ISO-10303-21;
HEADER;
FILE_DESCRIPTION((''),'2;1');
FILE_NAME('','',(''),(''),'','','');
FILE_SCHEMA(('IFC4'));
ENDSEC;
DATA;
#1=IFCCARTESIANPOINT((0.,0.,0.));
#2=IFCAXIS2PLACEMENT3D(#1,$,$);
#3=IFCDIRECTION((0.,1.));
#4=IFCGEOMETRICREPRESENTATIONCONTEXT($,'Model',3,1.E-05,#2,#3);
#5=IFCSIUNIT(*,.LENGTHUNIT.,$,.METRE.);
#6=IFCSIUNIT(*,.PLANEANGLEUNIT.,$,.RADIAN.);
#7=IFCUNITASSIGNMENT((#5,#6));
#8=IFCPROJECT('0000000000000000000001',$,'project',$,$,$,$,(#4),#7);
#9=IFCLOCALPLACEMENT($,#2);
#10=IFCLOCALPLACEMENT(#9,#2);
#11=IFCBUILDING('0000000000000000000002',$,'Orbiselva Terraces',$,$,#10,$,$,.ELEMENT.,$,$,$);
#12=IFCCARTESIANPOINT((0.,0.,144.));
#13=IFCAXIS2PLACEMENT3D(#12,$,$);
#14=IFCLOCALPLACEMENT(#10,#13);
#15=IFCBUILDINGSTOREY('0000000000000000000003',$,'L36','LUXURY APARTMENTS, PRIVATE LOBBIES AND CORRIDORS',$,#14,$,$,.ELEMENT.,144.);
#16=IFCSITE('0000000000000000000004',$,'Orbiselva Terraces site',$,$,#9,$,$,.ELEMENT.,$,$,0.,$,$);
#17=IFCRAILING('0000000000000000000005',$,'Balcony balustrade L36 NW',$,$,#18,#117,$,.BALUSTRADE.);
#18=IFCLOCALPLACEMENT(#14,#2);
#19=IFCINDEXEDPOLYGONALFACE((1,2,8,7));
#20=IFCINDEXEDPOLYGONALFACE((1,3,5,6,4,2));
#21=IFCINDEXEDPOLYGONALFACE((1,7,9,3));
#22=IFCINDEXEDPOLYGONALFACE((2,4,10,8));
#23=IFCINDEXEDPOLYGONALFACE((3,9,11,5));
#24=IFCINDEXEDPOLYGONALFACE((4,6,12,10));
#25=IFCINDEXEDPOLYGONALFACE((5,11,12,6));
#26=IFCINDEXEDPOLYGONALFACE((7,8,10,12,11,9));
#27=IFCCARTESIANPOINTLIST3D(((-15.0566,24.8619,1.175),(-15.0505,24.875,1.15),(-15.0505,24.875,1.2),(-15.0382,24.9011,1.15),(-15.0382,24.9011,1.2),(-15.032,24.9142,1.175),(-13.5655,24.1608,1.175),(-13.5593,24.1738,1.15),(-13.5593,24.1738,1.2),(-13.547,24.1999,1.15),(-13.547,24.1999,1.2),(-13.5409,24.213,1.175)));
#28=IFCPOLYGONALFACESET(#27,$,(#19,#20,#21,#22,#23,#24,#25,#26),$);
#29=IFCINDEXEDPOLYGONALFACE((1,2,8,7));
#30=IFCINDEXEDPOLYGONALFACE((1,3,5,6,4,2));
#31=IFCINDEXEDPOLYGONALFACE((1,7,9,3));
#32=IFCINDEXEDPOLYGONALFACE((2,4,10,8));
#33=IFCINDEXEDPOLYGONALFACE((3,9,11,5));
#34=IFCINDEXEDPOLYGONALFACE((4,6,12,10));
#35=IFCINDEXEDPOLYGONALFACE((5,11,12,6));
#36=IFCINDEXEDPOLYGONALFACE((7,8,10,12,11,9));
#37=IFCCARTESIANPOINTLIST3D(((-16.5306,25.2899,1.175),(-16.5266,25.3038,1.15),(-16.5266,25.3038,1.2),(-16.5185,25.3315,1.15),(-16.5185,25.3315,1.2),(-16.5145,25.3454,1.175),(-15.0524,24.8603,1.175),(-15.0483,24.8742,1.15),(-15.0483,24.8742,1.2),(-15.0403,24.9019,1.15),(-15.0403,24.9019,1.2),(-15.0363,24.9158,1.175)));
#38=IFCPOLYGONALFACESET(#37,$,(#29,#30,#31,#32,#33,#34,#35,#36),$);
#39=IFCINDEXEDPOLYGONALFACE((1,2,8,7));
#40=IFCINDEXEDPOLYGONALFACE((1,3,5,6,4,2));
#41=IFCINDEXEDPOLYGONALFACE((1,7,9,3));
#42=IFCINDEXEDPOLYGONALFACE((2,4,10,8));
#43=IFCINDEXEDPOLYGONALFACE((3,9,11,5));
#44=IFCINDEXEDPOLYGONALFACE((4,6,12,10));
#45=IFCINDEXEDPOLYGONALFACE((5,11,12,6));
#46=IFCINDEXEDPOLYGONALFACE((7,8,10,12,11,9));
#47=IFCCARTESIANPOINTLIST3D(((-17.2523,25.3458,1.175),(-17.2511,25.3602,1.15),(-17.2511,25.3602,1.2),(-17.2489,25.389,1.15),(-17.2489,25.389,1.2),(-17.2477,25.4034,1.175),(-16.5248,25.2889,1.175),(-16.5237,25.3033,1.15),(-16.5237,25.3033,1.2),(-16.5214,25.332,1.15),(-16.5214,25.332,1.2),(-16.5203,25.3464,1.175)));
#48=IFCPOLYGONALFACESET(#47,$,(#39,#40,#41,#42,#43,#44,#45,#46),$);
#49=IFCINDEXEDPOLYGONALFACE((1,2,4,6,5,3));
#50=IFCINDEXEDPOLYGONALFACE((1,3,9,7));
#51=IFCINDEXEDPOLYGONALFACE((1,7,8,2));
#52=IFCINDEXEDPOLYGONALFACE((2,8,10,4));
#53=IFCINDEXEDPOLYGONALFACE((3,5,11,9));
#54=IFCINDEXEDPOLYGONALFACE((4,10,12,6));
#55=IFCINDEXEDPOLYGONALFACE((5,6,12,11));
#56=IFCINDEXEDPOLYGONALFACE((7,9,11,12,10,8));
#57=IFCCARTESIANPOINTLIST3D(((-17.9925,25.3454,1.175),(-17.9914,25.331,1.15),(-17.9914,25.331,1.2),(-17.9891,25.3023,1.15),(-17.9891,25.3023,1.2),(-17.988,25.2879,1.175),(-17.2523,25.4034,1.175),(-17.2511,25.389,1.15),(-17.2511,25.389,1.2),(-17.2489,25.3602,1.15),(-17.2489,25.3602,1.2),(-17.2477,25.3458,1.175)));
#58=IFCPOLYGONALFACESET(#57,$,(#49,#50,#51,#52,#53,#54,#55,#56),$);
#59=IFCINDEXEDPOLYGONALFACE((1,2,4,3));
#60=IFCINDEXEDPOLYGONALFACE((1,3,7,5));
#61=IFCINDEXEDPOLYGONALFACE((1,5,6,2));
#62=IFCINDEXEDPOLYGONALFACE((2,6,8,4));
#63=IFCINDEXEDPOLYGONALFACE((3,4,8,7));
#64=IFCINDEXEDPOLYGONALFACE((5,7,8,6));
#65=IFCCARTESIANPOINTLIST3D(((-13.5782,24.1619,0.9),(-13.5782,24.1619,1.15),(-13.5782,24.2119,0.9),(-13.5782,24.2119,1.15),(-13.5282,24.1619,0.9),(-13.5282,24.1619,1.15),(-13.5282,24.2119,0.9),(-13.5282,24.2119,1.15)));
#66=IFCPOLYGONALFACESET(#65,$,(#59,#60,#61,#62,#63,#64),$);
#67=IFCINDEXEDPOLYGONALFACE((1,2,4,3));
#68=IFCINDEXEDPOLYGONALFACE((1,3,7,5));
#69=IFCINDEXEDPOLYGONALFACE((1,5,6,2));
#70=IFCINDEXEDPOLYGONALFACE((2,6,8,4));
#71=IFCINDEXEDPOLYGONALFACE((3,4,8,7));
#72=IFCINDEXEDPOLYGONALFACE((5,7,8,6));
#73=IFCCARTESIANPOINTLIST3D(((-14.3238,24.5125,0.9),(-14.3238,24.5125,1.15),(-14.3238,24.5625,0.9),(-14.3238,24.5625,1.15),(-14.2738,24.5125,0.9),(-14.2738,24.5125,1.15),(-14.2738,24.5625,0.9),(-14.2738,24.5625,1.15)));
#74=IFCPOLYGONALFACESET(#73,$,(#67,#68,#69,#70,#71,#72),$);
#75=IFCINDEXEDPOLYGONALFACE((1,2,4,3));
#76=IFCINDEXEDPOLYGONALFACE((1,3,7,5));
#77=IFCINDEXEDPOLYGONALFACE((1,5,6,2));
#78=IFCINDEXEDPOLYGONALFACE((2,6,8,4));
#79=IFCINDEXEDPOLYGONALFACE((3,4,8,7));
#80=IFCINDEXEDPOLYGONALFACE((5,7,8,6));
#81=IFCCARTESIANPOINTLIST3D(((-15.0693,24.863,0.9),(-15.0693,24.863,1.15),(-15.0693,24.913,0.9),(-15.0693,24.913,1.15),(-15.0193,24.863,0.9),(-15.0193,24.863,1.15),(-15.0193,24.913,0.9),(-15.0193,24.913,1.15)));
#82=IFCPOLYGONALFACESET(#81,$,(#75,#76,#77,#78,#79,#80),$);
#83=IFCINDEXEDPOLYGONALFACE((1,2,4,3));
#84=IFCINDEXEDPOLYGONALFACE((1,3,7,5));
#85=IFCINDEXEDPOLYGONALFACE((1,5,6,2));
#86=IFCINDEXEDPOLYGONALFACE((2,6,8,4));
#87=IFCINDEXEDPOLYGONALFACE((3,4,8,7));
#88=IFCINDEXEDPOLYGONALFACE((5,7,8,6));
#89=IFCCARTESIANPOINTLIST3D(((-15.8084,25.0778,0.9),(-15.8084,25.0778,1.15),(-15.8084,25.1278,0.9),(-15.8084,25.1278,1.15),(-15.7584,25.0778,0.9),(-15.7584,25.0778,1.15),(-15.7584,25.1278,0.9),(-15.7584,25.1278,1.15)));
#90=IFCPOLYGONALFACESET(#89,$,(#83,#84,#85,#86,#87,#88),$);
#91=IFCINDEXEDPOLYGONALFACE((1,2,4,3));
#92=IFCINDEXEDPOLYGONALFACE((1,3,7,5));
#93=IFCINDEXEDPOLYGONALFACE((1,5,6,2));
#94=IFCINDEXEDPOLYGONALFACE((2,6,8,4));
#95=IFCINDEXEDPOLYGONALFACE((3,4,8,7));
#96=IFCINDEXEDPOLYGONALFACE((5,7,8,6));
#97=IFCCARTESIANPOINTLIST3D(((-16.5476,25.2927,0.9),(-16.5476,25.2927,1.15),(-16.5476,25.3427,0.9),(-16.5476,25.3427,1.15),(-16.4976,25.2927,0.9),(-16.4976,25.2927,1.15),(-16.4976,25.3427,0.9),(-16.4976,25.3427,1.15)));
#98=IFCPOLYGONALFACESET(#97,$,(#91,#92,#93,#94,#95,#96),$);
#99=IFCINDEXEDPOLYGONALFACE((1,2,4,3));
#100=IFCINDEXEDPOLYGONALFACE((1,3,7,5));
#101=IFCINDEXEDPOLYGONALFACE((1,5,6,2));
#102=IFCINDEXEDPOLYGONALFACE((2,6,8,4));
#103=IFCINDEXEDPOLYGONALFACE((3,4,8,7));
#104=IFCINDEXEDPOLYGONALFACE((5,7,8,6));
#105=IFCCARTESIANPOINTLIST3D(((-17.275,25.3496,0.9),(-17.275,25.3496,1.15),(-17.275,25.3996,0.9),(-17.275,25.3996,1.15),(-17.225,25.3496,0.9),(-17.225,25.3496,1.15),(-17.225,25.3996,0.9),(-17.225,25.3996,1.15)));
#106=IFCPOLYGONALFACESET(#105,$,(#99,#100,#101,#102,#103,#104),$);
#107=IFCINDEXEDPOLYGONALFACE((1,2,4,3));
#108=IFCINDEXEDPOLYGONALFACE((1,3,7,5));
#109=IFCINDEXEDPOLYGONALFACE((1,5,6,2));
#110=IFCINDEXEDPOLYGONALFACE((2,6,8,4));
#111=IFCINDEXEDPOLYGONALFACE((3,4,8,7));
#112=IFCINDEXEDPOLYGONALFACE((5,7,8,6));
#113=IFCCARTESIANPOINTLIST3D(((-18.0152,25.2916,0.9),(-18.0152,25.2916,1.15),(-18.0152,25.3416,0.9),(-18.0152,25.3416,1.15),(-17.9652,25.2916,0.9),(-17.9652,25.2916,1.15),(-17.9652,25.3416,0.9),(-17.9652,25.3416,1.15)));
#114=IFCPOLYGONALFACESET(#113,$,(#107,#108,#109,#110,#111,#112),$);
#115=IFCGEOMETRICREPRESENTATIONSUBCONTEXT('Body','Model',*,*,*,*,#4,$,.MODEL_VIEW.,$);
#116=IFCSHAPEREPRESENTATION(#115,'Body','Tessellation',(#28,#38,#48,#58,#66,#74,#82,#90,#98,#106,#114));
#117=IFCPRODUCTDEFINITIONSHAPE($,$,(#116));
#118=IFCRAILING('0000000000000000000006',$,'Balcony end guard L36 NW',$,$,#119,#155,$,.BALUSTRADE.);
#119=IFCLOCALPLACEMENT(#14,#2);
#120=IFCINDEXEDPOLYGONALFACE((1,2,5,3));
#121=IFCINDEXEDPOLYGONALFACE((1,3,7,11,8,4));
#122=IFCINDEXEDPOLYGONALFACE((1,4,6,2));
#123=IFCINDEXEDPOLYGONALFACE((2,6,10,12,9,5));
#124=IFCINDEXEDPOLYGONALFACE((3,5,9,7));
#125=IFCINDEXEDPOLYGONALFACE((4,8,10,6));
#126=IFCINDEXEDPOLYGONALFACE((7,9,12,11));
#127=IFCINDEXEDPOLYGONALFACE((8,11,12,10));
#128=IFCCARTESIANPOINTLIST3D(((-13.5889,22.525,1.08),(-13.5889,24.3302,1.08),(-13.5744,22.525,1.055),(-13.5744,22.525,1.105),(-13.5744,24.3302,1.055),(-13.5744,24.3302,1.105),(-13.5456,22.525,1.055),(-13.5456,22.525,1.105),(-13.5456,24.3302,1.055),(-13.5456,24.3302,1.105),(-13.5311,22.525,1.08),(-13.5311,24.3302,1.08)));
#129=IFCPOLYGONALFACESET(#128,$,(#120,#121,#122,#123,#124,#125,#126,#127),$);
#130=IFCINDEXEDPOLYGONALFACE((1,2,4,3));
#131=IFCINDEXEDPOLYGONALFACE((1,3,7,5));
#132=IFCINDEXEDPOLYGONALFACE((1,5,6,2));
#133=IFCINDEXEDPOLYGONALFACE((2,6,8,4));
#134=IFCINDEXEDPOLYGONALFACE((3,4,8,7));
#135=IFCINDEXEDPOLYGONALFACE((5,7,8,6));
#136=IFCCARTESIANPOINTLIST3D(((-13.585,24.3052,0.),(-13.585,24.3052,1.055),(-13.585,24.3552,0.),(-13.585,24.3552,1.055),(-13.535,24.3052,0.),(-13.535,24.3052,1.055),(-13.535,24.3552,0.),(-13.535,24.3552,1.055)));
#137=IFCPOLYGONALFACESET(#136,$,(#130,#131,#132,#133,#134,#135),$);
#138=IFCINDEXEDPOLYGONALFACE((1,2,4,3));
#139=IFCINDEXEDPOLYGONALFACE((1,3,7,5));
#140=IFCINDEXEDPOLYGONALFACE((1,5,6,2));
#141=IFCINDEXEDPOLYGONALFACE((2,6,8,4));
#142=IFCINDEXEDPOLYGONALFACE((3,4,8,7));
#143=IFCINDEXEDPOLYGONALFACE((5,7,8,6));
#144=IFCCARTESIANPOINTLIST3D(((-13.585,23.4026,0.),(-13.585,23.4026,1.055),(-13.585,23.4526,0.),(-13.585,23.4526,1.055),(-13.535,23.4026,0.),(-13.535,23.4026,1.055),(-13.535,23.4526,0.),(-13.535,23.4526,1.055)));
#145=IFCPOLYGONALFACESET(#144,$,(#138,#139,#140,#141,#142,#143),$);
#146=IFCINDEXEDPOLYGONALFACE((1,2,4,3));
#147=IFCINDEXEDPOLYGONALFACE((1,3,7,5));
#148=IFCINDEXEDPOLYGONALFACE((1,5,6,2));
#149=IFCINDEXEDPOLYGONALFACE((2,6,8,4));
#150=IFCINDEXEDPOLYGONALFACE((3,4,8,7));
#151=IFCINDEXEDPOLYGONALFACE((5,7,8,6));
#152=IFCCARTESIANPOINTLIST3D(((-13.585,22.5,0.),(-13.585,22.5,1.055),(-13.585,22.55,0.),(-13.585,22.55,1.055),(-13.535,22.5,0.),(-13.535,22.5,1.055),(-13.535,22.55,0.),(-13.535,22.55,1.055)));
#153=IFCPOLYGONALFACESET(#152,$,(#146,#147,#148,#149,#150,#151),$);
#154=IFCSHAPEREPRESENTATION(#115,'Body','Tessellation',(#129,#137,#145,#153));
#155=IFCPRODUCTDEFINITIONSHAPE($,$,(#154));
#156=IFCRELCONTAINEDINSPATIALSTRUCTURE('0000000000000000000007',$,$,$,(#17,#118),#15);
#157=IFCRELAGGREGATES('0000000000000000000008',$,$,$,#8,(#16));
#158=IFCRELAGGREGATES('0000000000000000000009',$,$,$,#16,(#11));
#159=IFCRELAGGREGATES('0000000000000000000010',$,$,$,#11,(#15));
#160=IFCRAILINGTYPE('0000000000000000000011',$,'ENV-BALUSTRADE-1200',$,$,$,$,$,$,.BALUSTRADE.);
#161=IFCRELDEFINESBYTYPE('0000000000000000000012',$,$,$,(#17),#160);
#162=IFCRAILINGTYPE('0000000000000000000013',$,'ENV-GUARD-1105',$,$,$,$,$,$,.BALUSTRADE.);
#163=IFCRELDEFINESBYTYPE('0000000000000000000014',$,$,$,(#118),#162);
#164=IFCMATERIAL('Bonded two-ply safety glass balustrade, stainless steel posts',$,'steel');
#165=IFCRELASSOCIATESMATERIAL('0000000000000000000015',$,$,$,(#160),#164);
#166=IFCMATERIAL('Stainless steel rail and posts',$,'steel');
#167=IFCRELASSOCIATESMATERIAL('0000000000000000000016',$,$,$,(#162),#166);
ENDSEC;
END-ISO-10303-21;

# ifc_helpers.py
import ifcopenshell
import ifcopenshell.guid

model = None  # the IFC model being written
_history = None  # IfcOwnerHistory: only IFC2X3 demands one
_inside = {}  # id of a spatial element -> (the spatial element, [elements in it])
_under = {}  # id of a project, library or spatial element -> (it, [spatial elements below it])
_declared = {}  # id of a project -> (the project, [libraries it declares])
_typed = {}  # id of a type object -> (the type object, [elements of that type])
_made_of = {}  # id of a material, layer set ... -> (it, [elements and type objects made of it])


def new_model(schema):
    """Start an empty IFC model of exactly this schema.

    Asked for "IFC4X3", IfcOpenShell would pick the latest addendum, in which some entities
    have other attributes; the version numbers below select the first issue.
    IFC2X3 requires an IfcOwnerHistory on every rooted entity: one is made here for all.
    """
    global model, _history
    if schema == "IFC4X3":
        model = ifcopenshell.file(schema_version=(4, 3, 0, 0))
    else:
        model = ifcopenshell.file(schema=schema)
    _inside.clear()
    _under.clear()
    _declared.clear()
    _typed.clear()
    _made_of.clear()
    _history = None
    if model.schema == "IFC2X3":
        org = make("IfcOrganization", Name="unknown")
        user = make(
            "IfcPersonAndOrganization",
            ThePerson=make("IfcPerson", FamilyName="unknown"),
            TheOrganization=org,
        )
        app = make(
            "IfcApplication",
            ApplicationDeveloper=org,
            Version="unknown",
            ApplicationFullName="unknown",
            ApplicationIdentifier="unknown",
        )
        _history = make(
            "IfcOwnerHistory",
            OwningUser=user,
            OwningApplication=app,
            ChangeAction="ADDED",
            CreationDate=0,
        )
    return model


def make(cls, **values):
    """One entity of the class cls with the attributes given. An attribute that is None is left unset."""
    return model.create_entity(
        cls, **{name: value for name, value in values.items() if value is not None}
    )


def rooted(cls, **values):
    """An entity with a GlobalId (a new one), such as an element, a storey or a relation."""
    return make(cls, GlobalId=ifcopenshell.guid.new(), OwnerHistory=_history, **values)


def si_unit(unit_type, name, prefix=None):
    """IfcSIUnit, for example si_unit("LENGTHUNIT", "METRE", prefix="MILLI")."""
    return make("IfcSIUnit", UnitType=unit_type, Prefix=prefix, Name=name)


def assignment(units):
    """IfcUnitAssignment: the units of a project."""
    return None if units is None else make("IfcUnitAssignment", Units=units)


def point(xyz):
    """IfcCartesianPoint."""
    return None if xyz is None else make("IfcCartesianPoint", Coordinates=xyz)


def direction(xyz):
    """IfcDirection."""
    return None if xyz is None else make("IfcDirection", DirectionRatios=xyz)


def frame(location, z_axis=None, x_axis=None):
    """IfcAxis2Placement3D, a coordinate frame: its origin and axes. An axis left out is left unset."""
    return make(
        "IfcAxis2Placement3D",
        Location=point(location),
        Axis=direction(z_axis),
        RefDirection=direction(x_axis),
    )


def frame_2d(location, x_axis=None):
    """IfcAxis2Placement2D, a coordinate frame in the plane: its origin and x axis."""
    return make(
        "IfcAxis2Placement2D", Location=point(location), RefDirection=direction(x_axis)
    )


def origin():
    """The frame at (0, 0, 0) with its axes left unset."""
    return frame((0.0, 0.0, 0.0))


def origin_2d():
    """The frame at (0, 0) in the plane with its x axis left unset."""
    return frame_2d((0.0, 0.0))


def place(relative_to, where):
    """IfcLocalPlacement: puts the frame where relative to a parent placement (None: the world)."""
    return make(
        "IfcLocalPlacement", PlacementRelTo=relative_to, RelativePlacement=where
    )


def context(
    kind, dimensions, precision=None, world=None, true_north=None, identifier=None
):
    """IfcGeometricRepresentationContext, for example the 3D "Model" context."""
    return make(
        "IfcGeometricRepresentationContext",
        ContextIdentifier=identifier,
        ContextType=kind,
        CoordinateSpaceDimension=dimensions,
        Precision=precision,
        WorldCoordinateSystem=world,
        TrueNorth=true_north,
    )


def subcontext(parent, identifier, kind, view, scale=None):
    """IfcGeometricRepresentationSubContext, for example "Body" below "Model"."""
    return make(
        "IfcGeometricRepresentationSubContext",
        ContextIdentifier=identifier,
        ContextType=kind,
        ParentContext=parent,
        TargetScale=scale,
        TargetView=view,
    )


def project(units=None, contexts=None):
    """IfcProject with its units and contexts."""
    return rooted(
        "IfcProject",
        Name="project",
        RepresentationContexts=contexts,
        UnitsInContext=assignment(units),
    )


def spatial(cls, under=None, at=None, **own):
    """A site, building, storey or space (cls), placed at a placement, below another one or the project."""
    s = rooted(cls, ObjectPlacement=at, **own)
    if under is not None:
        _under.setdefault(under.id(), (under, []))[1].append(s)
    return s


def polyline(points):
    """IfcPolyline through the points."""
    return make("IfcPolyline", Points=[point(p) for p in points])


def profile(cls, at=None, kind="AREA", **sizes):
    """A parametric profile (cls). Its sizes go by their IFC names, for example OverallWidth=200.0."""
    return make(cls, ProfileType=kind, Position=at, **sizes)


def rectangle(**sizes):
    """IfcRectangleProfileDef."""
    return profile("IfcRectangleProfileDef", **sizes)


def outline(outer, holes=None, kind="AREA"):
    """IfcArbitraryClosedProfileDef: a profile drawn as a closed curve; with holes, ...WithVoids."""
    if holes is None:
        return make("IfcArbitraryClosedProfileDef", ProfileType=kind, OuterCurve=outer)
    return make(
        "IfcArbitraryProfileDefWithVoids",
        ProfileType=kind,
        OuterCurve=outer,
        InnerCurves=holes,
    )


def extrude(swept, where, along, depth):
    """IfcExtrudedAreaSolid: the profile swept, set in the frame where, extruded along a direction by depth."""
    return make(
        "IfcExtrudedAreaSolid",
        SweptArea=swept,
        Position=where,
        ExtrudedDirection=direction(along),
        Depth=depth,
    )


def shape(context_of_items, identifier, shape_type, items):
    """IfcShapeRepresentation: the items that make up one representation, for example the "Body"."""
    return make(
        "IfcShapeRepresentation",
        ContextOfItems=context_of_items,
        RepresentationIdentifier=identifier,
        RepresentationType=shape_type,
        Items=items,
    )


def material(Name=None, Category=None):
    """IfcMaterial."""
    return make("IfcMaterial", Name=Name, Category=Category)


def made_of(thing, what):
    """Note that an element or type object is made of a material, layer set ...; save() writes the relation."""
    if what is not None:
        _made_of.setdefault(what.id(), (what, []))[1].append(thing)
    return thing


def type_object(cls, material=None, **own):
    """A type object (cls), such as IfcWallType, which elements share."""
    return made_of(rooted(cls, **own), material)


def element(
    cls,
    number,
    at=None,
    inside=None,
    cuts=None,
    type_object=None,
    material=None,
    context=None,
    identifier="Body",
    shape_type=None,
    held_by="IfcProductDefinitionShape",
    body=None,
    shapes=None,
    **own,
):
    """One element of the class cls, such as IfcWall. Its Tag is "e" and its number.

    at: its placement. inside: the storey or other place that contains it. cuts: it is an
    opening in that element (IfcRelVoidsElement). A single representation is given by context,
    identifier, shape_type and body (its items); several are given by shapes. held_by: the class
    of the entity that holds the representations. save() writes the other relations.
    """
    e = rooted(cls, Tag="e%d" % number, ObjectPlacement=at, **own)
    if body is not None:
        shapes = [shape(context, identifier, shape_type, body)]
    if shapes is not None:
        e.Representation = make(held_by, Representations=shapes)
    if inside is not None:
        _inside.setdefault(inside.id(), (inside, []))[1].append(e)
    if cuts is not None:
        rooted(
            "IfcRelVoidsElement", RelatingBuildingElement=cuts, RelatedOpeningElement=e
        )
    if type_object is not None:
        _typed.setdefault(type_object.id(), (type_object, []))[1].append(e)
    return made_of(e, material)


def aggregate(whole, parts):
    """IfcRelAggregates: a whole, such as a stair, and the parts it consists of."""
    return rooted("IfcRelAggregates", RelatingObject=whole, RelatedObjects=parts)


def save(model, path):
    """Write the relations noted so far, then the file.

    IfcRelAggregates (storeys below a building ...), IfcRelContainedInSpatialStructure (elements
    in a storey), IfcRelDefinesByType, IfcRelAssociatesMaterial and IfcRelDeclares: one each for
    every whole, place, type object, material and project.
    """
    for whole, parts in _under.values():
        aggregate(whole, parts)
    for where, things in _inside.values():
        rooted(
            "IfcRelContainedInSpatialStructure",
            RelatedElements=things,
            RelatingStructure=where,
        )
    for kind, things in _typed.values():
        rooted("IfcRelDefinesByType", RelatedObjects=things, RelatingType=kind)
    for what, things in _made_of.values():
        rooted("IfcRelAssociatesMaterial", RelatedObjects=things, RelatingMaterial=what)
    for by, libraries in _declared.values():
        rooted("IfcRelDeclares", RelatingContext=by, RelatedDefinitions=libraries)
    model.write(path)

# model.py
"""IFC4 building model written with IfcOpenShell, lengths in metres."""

from ifc_helpers import new_model, si_unit, direction, frame, origin, origin_2d, place, context, subcontext, project, spatial, polyline, rectangle, outline, extrude, material, type_object, element, save


model = new_model("IFC4")

# Units and contexts
model_context = context("Model", 3, precision=1e-05, world=origin(), true_north=direction((0.0, 1.0)))
body_context = subcontext(model_context, "Body", "Model", "MODEL_VIEW")
ifc_project = project(units=[si_unit("LENGTHUNIT", "METRE"), si_unit("PLANEANGLEUNIT", "RADIAN")], contexts=[model_context])

# Site, building, storey
site_placement = place(None, origin())
site = spatial("IfcSite", under=ifc_project, at=site_placement, Name="Orbiselva Terraces site", CompositionType="ELEMENT", RefElevation=0.0)
building_placement = place(site_placement, origin())
building = spatial("IfcBuilding", under=site, at=building_placement, Name="Orbiselva Terraces", CompositionType="ELEMENT")
storey_placement = place(building_placement, frame((0.0, 0.0, 144.0)))
storey = spatial("IfcBuildingStorey", under=building, at=storey_placement, Name="L36", Description="LUXURY APARTMENTS, PRIVATE LOBBIES AND CORRIDORS", CompositionType="ELEMENT", Elevation=144.0)

# Railings
ifc_material_1 = material(Name="Bonded two-ply safety glass balustrade, stainless steel posts", Category="steel")
railing_type_1 = type_object("IfcRailingType", Name="ENV-BALUSTRADE-1200", PredefinedType="BALUSTRADE", material=ifc_material_1)
railing_1_placement = place(storey_placement, frame((-13.5532, 24.1869, 0.9)))
element("IfcRailing", 1, at=railing_1_placement, inside=storey, type_object=railing_type_1, Name="Balcony balustrade L36 NW", PredefinedType="BALUSTRADE", context=body_context, shape_type="SweptSolid", body=[
    extrude(outline(polyline([(0.0289, 0.0), (0.0144, 0.025), (-0.0144, 0.025), (-0.0289, 0.0), (-0.0144, -0.025), (0.0144, -0.025), (0.0289, 0.0)])), frame((0.0, 0.0, 0.275), z_axis=(-0.904944, 0.42553, 0.0), x_axis=(-0.42553, -0.904944, 0.0)), (0.0, 0.0, 1.0), 1.6477),
    extrude(outline(polyline([(0.0289, 0.0), (0.0144, 0.025), (-0.0144, 0.025), (-0.0289, 0.0), (-0.0144, -0.025), (0.0144, -0.025), (0.0289, 0.0)])), frame((-1.4911, 0.7012, 0.275), z_axis=(-0.96027, 0.279072, 0.0), x_axis=(-0.279072, -0.96027, 0.0)), (0.0, 0.0, 1.0), 1.5394),
    extrude(outline(polyline([(0.0289, 0.0), (0.0144, 0.025), (-0.0144, 0.025), (-0.0289, 0.0), (-0.0144, -0.025), (0.0144, -0.025), (0.0289, 0.0)])), frame((-2.9694, 1.1308, 0.275), z_axis=(-0.996948, 0.07807, 0.0), x_axis=(-0.07807, -0.996948, 0.0)), (0.0, 0.0, 1.0), 0.7297),
    extrude(outline(polyline([(0.0289, 0.0), (0.0144, 0.025), (-0.0144, 0.025), (-0.0289, 0.0), (-0.0144, -0.025), (0.0144, -0.025), (0.0289, 0.0)])), frame((-3.6968, 1.1877, 0.275), z_axis=(-0.996948, -0.078069, 0.0), x_axis=(0.078069, -0.996948, 0.0)), (0.0, 0.0, 1.0), 0.7425),
    extrude(rectangle(XDim=0.05, YDim=0.05, at=origin_2d()), origin(), (0.0, 0.0, 1.0), 0.25),
    extrude(rectangle(XDim=0.05, YDim=0.05, at=origin_2d()), frame((-0.7456, 0.3506, 0.0)), (0.0, 0.0, 1.0), 0.25),
    extrude(rectangle(XDim=0.05, YDim=0.05, at=origin_2d()), frame((-1.4911, 0.7012, 0.0)), (0.0, 0.0, 1.0), 0.25),
    extrude(rectangle(XDim=0.05, YDim=0.05, at=origin_2d()), frame((-2.2302, 0.916, 0.0)), (0.0, 0.0, 1.0), 0.25),
    extrude(rectangle(XDim=0.05, YDim=0.05, at=origin_2d()), frame((-2.9694, 1.1308, 0.0)), (0.0, 0.0, 1.0), 0.25),
    extrude(rectangle(XDim=0.05, YDim=0.05, at=origin_2d()), frame((-3.6968, 1.1877, 0.0)), (0.0, 0.0, 1.0), 0.25),
    extrude(rectangle(XDim=0.05, YDim=0.05, at=origin_2d()), frame((-4.4371, 1.1298, 0.0)), (0.0, 0.0, 1.0), 0.25),
])
ifc_material_2 = material(Name="Stainless steel rail and posts", Category="steel")
railing_type_2 = type_object("IfcRailingType", Name="ENV-GUARD-1105", PredefinedType="BALUSTRADE", material=ifc_material_2)
railing_2_placement = place(storey_placement, frame((-13.56, 24.3302, 0.0)))
element("IfcRailing", 2, at=railing_2_placement, inside=storey, type_object=railing_type_2, Name="Balcony end guard L36 NW", PredefinedType="BALUSTRADE", context=body_context, shape_type="SweptSolid", body=[
    extrude(outline(polyline([(0.0289, 0.0), (0.0144, 0.025), (-0.0144, 0.025), (-0.0289, 0.0), (-0.0144, -0.025), (0.0144, -0.025), (0.0289, 0.0)])), frame((0.0, 0.0, 1.08), z_axis=(0.0, -1.0, 0.0), x_axis=(1.0, 0.0, 0.0)), (0.0, 0.0, 1.0), 1.8052),
    extrude(rectangle(XDim=0.05, YDim=0.05, at=origin_2d()), origin(), (0.0, 0.0, 1.0), 1.055),
    extrude(rectangle(XDim=0.05, YDim=0.05, at=origin_2d()), frame((0.0, -0.9026, 0.0)), (0.0, 0.0, 1.0), 1.055),
    extrude(rectangle(XDim=0.05, YDim=0.05, at=origin_2d()), frame((0.0, -1.8052, 0.0)), (0.0, 0.0, 1.0), 1.055),
])

save(model, "model.ifc")
